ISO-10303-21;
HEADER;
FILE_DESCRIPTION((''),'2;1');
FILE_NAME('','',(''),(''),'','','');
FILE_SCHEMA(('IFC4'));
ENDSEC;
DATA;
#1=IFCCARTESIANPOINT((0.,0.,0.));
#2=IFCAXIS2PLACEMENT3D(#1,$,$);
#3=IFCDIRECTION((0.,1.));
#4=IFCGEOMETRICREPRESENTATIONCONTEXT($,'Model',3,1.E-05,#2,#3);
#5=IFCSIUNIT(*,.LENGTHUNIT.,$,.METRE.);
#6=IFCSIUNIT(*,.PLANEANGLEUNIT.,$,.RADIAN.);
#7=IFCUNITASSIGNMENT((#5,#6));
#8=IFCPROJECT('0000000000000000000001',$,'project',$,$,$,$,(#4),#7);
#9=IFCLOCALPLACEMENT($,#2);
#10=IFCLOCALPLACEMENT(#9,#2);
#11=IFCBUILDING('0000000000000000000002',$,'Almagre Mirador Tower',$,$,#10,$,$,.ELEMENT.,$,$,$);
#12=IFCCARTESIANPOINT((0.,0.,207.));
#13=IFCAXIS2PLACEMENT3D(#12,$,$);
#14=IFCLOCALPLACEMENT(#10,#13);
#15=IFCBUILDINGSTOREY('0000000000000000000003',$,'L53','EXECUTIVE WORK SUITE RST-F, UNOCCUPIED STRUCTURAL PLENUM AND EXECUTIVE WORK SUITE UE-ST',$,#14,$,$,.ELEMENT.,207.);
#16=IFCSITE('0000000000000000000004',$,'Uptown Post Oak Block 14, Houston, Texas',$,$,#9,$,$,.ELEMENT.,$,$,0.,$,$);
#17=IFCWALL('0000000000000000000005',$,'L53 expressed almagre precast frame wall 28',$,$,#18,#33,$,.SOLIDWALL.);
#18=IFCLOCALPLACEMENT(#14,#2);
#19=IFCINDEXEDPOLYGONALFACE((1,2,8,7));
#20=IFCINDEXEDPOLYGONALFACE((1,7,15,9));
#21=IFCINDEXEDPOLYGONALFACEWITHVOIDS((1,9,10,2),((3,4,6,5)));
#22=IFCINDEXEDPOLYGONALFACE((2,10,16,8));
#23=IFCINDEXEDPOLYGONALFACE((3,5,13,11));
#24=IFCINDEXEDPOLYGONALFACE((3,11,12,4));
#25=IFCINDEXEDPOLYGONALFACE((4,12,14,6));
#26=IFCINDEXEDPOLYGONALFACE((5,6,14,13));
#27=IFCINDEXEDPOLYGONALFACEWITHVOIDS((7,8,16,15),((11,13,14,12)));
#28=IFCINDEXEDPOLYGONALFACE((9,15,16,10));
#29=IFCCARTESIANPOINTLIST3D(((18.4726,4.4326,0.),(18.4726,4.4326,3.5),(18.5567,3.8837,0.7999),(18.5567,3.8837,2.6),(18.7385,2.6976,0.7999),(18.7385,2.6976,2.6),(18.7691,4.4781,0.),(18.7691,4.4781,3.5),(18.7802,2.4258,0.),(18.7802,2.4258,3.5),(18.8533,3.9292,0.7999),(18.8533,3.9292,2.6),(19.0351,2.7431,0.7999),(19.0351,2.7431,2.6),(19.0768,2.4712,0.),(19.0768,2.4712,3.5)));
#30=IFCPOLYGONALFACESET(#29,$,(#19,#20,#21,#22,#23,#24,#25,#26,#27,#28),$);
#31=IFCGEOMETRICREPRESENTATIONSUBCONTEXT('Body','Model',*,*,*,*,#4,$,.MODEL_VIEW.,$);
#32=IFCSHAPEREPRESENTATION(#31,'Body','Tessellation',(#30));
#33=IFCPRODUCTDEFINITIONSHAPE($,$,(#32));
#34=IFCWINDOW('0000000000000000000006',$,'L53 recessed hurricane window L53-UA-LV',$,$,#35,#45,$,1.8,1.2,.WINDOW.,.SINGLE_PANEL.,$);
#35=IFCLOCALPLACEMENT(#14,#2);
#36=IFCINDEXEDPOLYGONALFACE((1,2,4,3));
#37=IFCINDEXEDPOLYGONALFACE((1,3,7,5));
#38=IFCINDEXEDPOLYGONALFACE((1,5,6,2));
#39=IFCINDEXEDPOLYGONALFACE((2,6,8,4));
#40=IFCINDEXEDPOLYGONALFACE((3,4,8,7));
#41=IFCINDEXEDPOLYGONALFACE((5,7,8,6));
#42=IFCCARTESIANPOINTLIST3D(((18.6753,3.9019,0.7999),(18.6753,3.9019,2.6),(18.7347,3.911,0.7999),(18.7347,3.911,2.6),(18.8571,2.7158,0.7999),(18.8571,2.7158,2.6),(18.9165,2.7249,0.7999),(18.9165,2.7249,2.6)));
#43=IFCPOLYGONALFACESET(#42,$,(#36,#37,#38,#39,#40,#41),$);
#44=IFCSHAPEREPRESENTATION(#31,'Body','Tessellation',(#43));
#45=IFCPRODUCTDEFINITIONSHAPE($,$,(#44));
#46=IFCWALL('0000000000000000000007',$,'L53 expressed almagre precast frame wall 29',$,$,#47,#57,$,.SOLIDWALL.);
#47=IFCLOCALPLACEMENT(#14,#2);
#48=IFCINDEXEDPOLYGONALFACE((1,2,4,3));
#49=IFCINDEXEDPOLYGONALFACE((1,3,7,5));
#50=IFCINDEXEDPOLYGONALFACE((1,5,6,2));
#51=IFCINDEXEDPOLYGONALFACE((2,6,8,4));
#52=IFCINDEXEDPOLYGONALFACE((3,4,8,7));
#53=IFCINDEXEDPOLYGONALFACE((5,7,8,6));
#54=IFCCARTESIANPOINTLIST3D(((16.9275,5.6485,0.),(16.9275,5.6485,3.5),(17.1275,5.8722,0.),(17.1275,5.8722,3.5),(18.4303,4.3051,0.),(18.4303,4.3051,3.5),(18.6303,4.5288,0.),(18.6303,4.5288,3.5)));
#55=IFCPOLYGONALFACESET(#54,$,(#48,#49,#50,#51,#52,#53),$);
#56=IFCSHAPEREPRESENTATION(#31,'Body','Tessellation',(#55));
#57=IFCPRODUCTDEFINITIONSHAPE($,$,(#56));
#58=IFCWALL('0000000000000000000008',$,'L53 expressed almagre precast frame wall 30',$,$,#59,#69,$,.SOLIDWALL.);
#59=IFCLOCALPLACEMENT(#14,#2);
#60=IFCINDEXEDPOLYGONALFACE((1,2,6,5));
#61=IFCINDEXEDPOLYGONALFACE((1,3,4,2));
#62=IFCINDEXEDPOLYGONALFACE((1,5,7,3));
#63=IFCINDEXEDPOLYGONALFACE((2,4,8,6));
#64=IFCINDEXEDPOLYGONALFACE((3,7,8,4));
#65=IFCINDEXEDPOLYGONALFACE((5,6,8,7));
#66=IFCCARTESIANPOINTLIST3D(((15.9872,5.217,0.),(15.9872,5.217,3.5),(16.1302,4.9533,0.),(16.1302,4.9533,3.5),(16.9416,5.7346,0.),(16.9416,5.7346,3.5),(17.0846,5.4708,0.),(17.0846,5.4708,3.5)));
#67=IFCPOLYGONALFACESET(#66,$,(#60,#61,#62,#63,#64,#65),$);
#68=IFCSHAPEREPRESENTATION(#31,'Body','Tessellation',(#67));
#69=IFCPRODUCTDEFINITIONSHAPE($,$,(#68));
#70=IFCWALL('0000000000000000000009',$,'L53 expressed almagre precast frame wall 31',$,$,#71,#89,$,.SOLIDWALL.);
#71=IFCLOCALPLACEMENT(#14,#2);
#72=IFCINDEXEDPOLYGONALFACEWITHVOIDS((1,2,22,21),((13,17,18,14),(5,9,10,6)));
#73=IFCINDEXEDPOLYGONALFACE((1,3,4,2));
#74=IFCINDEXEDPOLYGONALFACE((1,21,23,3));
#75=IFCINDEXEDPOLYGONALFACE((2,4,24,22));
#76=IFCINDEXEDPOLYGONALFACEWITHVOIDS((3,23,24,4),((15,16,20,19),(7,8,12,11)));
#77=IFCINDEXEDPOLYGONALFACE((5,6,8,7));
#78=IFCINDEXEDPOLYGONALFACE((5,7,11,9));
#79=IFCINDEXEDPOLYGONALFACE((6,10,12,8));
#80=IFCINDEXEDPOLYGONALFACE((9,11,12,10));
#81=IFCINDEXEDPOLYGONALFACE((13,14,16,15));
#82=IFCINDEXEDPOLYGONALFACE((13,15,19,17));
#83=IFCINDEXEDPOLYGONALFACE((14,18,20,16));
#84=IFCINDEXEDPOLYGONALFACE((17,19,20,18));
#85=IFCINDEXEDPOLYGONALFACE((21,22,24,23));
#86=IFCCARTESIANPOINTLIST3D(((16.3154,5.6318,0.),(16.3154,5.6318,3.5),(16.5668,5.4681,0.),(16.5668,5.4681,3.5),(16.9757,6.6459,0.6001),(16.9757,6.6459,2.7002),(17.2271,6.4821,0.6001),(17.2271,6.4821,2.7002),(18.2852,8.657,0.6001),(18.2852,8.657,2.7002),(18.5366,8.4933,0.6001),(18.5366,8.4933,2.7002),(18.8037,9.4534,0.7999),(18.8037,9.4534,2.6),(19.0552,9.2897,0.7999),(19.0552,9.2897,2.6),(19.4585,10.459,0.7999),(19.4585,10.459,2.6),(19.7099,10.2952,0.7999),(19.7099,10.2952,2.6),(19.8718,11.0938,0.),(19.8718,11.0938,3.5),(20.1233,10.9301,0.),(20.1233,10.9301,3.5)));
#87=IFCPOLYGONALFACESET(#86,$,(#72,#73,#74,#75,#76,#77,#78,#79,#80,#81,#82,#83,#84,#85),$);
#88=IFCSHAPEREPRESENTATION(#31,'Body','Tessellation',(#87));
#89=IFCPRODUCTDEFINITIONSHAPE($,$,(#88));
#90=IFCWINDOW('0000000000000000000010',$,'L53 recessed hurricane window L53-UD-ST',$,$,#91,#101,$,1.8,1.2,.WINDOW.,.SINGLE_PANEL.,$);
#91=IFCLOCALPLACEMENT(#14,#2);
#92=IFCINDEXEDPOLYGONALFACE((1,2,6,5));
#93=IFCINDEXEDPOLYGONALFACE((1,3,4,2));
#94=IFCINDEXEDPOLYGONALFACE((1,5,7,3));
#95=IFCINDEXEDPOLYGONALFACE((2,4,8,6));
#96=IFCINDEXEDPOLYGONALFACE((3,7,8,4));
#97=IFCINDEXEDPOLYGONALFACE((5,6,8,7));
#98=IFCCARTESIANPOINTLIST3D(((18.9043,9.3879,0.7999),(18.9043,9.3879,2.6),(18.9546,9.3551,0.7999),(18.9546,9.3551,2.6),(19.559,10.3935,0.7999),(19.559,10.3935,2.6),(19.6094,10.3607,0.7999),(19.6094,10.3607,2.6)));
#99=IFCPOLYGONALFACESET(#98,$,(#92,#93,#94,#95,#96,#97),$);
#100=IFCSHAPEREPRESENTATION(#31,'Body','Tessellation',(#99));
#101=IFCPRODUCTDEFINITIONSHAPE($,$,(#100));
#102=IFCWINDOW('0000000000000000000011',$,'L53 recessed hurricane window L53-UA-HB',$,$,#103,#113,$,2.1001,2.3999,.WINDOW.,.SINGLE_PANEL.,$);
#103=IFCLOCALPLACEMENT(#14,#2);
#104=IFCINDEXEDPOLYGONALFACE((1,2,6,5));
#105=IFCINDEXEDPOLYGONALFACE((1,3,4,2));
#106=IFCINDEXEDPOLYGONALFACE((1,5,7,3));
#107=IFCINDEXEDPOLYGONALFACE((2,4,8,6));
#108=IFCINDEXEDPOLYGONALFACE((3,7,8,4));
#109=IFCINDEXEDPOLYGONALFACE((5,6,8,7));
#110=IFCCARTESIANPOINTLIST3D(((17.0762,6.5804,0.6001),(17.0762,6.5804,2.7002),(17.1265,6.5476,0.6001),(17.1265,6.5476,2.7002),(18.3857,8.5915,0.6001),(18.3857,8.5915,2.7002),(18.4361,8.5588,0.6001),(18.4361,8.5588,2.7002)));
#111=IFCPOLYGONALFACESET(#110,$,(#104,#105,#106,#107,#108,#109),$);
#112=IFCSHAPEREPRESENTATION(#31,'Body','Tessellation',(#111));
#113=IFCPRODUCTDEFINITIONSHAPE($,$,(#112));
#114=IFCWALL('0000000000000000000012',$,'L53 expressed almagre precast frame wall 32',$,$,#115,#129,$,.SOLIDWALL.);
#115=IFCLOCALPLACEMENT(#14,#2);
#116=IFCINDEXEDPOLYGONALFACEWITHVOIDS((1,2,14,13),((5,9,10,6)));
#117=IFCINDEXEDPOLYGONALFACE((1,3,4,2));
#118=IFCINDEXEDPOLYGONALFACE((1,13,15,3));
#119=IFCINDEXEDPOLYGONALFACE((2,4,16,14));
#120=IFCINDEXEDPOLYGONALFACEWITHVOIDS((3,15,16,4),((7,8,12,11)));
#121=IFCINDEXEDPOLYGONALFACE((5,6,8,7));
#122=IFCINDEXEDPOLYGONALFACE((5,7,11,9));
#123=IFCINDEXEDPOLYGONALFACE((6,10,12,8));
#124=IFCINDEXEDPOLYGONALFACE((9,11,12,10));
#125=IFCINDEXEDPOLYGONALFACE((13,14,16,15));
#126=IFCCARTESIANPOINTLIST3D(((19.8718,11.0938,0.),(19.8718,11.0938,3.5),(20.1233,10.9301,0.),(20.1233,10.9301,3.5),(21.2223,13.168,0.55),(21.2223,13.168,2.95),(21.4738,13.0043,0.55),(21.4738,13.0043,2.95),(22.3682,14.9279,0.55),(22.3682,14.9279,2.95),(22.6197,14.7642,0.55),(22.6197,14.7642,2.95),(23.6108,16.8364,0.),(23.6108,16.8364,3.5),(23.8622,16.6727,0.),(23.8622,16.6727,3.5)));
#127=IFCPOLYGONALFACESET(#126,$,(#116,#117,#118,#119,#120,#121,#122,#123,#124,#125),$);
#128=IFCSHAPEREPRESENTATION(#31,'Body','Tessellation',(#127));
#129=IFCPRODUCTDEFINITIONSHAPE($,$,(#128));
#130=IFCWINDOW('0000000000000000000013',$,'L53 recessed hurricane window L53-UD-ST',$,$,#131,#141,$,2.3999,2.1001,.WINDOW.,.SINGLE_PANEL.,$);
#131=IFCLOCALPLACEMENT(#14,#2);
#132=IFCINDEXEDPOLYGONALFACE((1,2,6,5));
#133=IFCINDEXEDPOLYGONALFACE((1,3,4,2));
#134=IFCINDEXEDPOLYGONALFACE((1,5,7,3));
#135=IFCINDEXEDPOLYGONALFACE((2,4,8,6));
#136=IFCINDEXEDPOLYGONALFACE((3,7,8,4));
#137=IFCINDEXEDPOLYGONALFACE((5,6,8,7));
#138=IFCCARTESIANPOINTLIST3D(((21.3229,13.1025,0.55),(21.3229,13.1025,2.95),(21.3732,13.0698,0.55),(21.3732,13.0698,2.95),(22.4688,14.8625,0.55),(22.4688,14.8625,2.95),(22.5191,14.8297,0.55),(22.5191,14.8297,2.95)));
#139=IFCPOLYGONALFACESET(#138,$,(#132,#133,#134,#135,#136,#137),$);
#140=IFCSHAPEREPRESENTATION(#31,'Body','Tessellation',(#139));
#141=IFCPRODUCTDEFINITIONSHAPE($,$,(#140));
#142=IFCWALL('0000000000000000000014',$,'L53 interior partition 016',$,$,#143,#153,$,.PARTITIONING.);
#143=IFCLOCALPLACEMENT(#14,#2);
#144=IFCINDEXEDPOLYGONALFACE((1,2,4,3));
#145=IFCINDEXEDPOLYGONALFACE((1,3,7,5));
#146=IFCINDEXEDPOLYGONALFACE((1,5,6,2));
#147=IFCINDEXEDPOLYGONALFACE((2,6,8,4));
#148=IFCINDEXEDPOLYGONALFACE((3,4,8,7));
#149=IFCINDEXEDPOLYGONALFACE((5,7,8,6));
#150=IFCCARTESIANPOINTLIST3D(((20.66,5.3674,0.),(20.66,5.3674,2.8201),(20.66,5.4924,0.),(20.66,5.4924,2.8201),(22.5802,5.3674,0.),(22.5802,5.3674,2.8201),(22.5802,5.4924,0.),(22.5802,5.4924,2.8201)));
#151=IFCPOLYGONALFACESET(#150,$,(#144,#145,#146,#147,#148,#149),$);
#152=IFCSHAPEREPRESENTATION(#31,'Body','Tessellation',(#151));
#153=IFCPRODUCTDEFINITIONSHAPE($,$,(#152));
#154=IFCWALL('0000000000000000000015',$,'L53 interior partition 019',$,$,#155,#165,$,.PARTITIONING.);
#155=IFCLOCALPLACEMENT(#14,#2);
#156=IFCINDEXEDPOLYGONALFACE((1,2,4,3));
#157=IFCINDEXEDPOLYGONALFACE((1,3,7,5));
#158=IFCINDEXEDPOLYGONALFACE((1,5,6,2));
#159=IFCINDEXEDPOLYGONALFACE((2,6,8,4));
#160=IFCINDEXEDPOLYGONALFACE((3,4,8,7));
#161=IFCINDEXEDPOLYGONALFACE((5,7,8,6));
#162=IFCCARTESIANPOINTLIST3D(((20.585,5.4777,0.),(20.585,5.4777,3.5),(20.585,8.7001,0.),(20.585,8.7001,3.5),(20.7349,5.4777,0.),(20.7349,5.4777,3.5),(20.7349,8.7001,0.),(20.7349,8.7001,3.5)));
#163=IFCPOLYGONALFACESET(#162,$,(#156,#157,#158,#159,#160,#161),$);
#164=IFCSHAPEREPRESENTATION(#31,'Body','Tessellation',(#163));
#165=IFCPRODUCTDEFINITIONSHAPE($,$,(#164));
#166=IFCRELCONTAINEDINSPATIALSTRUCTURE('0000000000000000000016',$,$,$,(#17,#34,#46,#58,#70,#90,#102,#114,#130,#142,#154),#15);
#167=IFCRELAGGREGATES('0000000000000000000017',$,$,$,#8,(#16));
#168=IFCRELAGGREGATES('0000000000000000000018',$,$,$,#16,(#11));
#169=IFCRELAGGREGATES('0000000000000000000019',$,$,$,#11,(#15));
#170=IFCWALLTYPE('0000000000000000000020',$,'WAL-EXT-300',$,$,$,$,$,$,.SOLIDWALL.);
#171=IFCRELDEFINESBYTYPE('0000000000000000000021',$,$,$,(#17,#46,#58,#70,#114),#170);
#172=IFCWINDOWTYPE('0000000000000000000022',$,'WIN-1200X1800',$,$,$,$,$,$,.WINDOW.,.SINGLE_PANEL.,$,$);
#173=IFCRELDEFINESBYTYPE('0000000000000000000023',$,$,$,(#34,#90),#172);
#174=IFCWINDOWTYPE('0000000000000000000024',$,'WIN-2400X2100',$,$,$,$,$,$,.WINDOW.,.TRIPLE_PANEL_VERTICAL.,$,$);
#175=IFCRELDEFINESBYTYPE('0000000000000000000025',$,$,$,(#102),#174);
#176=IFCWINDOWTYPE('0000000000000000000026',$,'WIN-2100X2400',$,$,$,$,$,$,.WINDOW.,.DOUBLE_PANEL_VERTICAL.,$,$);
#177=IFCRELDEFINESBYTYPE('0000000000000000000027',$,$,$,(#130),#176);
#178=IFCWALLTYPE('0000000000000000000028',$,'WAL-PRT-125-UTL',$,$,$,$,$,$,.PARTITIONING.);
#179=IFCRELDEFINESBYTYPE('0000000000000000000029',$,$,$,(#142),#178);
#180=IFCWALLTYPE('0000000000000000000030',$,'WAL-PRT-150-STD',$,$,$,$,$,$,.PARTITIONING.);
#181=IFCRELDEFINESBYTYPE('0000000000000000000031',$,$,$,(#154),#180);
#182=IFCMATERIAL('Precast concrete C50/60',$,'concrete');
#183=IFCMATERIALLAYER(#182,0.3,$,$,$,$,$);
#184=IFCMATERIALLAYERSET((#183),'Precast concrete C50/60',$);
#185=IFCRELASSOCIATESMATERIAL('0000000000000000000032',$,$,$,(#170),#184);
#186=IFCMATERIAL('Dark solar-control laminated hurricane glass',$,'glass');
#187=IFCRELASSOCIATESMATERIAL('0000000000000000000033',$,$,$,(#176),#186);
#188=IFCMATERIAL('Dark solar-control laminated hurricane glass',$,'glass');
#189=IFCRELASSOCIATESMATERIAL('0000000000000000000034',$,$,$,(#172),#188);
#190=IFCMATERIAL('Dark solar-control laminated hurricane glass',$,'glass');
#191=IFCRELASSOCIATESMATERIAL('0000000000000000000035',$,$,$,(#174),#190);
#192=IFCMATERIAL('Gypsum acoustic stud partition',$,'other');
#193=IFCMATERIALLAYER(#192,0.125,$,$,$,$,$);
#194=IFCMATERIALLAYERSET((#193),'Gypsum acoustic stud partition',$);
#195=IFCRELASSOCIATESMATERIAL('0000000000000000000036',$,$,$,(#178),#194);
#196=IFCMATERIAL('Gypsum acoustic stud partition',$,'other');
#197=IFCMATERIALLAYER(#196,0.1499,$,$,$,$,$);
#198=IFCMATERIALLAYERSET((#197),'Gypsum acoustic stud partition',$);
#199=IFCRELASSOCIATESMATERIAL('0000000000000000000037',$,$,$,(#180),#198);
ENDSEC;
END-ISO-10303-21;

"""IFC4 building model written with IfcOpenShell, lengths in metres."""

from ifc_helpers import new_model, si_unit, direction, frame, frame_2d, origin, place, context, subcontext, project, spatial, rectangle, extrude, material, layer, layer_set, type_object, element, fill, save


model = new_model("IFC4")

# Units and contexts
model_context = context("Model", 3, precision=1e-05, world=origin(), true_north=direction((0.0, 1.0)))
body_context = subcontext(model_context, "Body", "Model", "MODEL_VIEW")
ifc_project = project(units=[si_unit("LENGTHUNIT", "METRE"), si_unit("PLANEANGLEUNIT", "RADIAN")], contexts=[model_context])

# Site, building, storey
site_placement = place(None, origin())
site = spatial("IfcSite", under=ifc_project, at=site_placement, Name="Uptown Post Oak Block 14, Houston, Texas", CompositionType="ELEMENT", RefElevation=0.0)
building_placement = place(site_placement, origin())
building = spatial("IfcBuilding", under=site, at=building_placement, Name="Almagre Mirador Tower", CompositionType="ELEMENT")
storey_placement = place(building_placement, frame((0.0, 0.0, 207.0)))
storey = spatial("IfcBuildingStorey", under=building, at=storey_placement, Name="L53", Description="EXECUTIVE WORK SUITE RST-F, UNOCCUPIED STRUCTURAL PLENUM AND EXECUTIVE WORK SUITE UE-ST", CompositionType="ELEMENT", Elevation=207.0)

# Shared definitions
ifc_material_1 = material(Name="Precast concrete C50/60", Category="concrete")
ifc_layer_1 = layer(ifc_material_1, 0.3)
ifc_layer_set_1 = layer_set([ifc_layer_1], Name="Precast concrete C50/60")
wall_type_1 = type_object("IfcWallType", Name="WAL-EXT-300", PredefinedType="SOLIDWALL", material=ifc_layer_set_1)

# Shared definitions
ifc_material_2 = material(Name="Dark solar-control laminated hurricane glass", Category="glass")
window_type_1 = type_object("IfcWindowType", Name="WIN-2100X2400", PartitioningType="DOUBLE_PANEL_VERTICAL", PredefinedType="WINDOW", material=ifc_material_2)

# Wall, opening, window
wall_1_placement = place(storey_placement, frame((18.9285, 2.4485, 0.0), z_axis=(0.0, 0.0, 1.0), x_axis=(-0.151515, 0.988455, 0.0)))
wall_1 = element("IfcWall", 1, at=wall_1_placement, inside=storey, type_object=wall_type_1, Name="L53 expressed almagre precast frame wall 28", PredefinedType="SOLIDWALL", context=body_context, shape_type="SweptSolid", body=[
    extrude(rectangle(XDim=2.0303, YDim=0.3, at=frame_2d((1.0151, 0.0))), origin(), (0.0, 0.0, 1.0), 3.5),
])
opening_1_placement = place(wall_1_placement, frame((0.2749, 0.0, 0.8)))
opening_1 = element("IfcOpeningElement", 2, at=opening_1_placement, cuts=wall_1, PredefinedType="OPENING", context=body_context, shape_type="SweptSolid", body=[
    extrude(rectangle(XDim=1.2, YDim=1.8, at=frame_2d((0.6001, 0.8999))), frame((0.0, 0.1599, 0.0), z_axis=(0.0, -1.0, 0.0), x_axis=(1.0, 0.0, 0.0)), (0.0, 0.0, 1.0), 0.32),
])
ifc_material_3 = material(Name="Dark solar-control laminated hurricane glass", Category="glass")
window_type_2 = type_object("IfcWindowType", Name="WIN-1200X1800", PartitioningType="SINGLE_PANEL", PredefinedType="WINDOW", material=ifc_material_3)
window_1_placement = place(opening_1_placement, origin())
window_1 = element("IfcWindow", 3, at=window_1_placement, inside=storey, type_object=window_type_2, Name="L53 recessed hurricane window L53-UA-LV", OverallHeight=1.8, OverallWidth=1.2, PartitioningType="SINGLE_PANEL", PredefinedType="WINDOW", context=body_context, shape_type="SweptSolid", body=[
    extrude(rectangle(XDim=1.2, YDim=1.8, at=frame_2d((0.6001, 0.8999))), frame((0.0, 0.03, 0.0), z_axis=(0.0, -1.0, 0.0), x_axis=(1.0, 0.0, 0.0)), (0.0, 0.0, 1.0), 0.0601),
])
fill(opening_1, window_1)

# Walls
wall_2_placement = place(storey_placement, frame((18.5303, 4.417, 0.0), z_axis=(0.0, 0.0, 1.0), x_axis=(-0.745549, 0.666451, 0.0)))
element("IfcWall", 4, at=wall_2_placement, inside=storey, type_object=wall_type_1, Name="L53 expressed almagre precast frame wall 29", PredefinedType="SOLIDWALL", context=body_context, shape_type="SweptSolid", body=[
    extrude(rectangle(XDim=2.0156, YDim=0.3, at=frame_2d((1.0078, 0.0))), origin(), (0.0, 0.0, 1.0), 3.5),
])
wall_3_placement = place(storey_placement, frame((17.0132, 5.6028, 0.0), z_axis=(0.0, 0.0, 1.0), x_axis=(-0.879045, -0.476739, 0.0)))
element("IfcWall", 5, at=wall_3_placement, inside=storey, type_object=wall_type_1, Name="L53 expressed almagre precast frame wall 30", PredefinedType="SOLIDWALL", context=body_context, shape_type="SweptSolid", body=[
    extrude(rectangle(XDim=1.0857, YDim=0.3, at=frame_2d((0.543, 0.0))), origin(), (0.0, 0.0, 1.0), 3.5),
])

# Wall, openings, windows
wall_4_placement = place(storey_placement, frame((16.4412, 5.55, 0.0), z_axis=(0.0, 0.0, 1.0), x_axis=(0.545652, 0.838012, 0.0)))
wall_4 = element("IfcWall", 6, at=wall_4_placement, inside=storey, type_object=wall_type_1, Name="L53 expressed almagre precast frame wall 31", PredefinedType="SOLIDWALL", context=body_context, shape_type="SweptSolid", body=[
    extrude(rectangle(XDim=6.5178, YDim=0.3, at=frame_2d((3.2588, 0.0))), origin(), (0.0, 0.0, 1.0), 3.5),
])
opening_2_placement = place(wall_4_placement, frame((1.21, 0.0, 0.6001)))
opening_2 = element("IfcOpeningElement", 7, at=opening_2_placement, cuts=wall_4, PredefinedType="OPENING", context=body_context, shape_type="SweptSolid", body=[
    extrude(rectangle(XDim=2.3999, YDim=2.1001, at=frame_2d((1.2, 1.05))), frame((0.0, 0.1599, 0.0), z_axis=(0.0, -1.0, 0.0), x_axis=(1.0, 0.0, 0.0)), (0.0, 0.0, 1.0), 0.32),
])
opening_3_placement = place(wall_4_placement, frame((4.5601, 0.0, 0.8)))
opening_3 = element("IfcOpeningElement", 8, at=opening_3_placement, cuts=wall_4, PredefinedType="OPENING", context=body_context, shape_type="SweptSolid", body=[
    extrude(rectangle(XDim=1.2, YDim=1.8, at=frame_2d((0.6001, 0.8999))), frame((0.0, 0.1599, 0.0), z_axis=(0.0, -1.0, 0.0), x_axis=(1.0, 0.0, 0.0)), (0.0, 0.0, 1.0), 0.32),
])
window_2_placement = place(opening_3_placement, origin())
window_2 = element("IfcWindow", 9, at=window_2_placement, inside=storey, type_object=window_type_2, Name="L53 recessed hurricane window L53-UD-ST", OverallHeight=1.8, OverallWidth=1.2, PartitioningType="SINGLE_PANEL", PredefinedType="WINDOW", context=body_context, shape_type="SweptSolid", body=[
    extrude(rectangle(XDim=1.2, YDim=1.8, at=frame_2d((0.6001, 0.8999))), frame((0.0, 0.03, 0.0), z_axis=(0.0, -1.0, 0.0), x_axis=(1.0, 0.0, 0.0)), (0.0, 0.0, 1.0), 0.0601),
])
fill(opening_3, window_2)
ifc_material_4 = material(Name="Dark solar-control laminated hurricane glass", Category="glass")
window_type_3 = type_object("IfcWindowType", Name="WIN-2400X2100", PartitioningType="TRIPLE_PANEL_VERTICAL", PredefinedType="WINDOW", material=ifc_material_4)
window_3_placement = place(opening_2_placement, origin())
window_3 = element("IfcWindow", 10, at=window_3_placement, inside=storey, type_object=window_type_3, Name="L53 recessed hurricane window L53-UA-HB", OverallHeight=2.1001, OverallWidth=2.3999, PartitioningType="SINGLE_PANEL", PredefinedType="WINDOW", context=body_context, shape_type="SweptSolid", body=[
    extrude(rectangle(XDim=2.3999, YDim=2.1001, at=frame_2d((1.2, 1.05))), frame((0.0, 0.03, 0.0), z_axis=(0.0, -1.0, 0.0), x_axis=(1.0, 0.0, 0.0)), (0.0, 0.0, 1.0), 0.0601),
])
fill(opening_2, window_3)

# Wall, opening, window
wall_5_placement = place(storey_placement, frame((19.9976, 11.012, 0.0), z_axis=(0.0, 0.0, 1.0), x_axis=(0.545632, 0.838025, 0.0)))
wall_5 = element("IfcWall", 11, at=wall_5_placement, inside=storey, type_object=wall_type_1, Name="L53 expressed almagre precast frame wall 32", PredefinedType="SOLIDWALL", context=body_context, shape_type="SweptSolid", body=[
    extrude(rectangle(XDim=6.8525, YDim=0.3, at=frame_2d((3.4263, 0.0))), origin(), (0.0, 0.0, 1.0), 3.5),
])
opening_4_placement = place(wall_5_placement, frame((2.4751, 0.0, 0.55)))
opening_4 = element("IfcOpeningElement", 12, at=opening_4_placement, cuts=wall_5, PredefinedType="OPENING", context=body_context, shape_type="SweptSolid", body=[
    extrude(rectangle(XDim=2.1001, YDim=2.3999, at=frame_2d((1.05, 1.2))), frame((0.0, 0.1599, 0.0), z_axis=(0.0, -1.0, 0.0), x_axis=(1.0, 0.0, 0.0)), (0.0, 0.0, 1.0), 0.32),
])
window_4_placement = place(opening_4_placement, origin())
window_4 = element("IfcWindow", 13, at=window_4_placement, inside=storey, type_object=window_type_1, Name="L53 recessed hurricane window L53-UD-ST", OverallHeight=2.3999, OverallWidth=2.1001, PartitioningType="SINGLE_PANEL", PredefinedType="WINDOW", context=body_context, shape_type="SweptSolid", body=[
    extrude(rectangle(XDim=2.1001, YDim=2.3999, at=frame_2d((1.05, 1.2))), frame((0.0, 0.03, 0.0), z_axis=(0.0, -1.0, 0.0), x_axis=(1.0, 0.0, 0.0)), (0.0, 0.0, 1.0), 0.0601),
])
fill(opening_4, window_4)

# Walls
ifc_material_5 = material(Name="Gypsum acoustic stud partition", Category="other")
ifc_layer_2 = layer(ifc_material_5, 0.125)
ifc_layer_set_2 = layer_set([ifc_layer_2], Name="Gypsum acoustic stud partition")
wall_type_2 = type_object("IfcWallType", Name="WAL-PRT-125-UTL", PredefinedType="PARTITIONING", material=ifc_layer_set_2)
wall_6_placement = place(storey_placement, frame((22.5801, 5.4299, 0.0), z_axis=(0.0, 0.0, 1.0), x_axis=(-1.0, 0.0, 0.0)))
element("IfcWall", 14, at=wall_6_placement, inside=storey, type_object=wall_type_2, Name="L53 interior partition 016", PredefinedType="PARTITIONING", context=body_context, shape_type="SweptSolid", body=[
    extrude(rectangle(XDim=1.9202, YDim=0.125, at=frame_2d((0.96, 0.0))), origin(), (0.0, 0.0, 1.0), 2.8201),
])
ifc_material_6 = material(Name="Gypsum acoustic stud partition", Category="other")
ifc_layer_3 = layer(ifc_material_6, 0.1499)
ifc_layer_set_3 = layer_set([ifc_layer_3], Name="Gypsum acoustic stud partition")
wall_type_3 = type_object("IfcWallType", Name="WAL-PRT-150-STD", PredefinedType="PARTITIONING", material=ifc_layer_set_3)
wall_7_placement = place(storey_placement, frame((20.6599, 5.4775, 0.0), z_axis=(0.0, 0.0, 1.0), x_axis=(0.0, 1.0, 0.0)))
element("IfcWall", 15, at=wall_7_placement, inside=storey, type_object=wall_type_3, Name="L53 interior partition 019", PredefinedType="PARTITIONING", context=body_context, shape_type="SweptSolid", body=[
    extrude(rectangle(XDim=3.2224, YDim=0.1499, at=frame_2d((1.6113, 0.0))), origin(), (0.0, 0.0, 1.0), 3.5),
])

save(model, "model.ifc")
